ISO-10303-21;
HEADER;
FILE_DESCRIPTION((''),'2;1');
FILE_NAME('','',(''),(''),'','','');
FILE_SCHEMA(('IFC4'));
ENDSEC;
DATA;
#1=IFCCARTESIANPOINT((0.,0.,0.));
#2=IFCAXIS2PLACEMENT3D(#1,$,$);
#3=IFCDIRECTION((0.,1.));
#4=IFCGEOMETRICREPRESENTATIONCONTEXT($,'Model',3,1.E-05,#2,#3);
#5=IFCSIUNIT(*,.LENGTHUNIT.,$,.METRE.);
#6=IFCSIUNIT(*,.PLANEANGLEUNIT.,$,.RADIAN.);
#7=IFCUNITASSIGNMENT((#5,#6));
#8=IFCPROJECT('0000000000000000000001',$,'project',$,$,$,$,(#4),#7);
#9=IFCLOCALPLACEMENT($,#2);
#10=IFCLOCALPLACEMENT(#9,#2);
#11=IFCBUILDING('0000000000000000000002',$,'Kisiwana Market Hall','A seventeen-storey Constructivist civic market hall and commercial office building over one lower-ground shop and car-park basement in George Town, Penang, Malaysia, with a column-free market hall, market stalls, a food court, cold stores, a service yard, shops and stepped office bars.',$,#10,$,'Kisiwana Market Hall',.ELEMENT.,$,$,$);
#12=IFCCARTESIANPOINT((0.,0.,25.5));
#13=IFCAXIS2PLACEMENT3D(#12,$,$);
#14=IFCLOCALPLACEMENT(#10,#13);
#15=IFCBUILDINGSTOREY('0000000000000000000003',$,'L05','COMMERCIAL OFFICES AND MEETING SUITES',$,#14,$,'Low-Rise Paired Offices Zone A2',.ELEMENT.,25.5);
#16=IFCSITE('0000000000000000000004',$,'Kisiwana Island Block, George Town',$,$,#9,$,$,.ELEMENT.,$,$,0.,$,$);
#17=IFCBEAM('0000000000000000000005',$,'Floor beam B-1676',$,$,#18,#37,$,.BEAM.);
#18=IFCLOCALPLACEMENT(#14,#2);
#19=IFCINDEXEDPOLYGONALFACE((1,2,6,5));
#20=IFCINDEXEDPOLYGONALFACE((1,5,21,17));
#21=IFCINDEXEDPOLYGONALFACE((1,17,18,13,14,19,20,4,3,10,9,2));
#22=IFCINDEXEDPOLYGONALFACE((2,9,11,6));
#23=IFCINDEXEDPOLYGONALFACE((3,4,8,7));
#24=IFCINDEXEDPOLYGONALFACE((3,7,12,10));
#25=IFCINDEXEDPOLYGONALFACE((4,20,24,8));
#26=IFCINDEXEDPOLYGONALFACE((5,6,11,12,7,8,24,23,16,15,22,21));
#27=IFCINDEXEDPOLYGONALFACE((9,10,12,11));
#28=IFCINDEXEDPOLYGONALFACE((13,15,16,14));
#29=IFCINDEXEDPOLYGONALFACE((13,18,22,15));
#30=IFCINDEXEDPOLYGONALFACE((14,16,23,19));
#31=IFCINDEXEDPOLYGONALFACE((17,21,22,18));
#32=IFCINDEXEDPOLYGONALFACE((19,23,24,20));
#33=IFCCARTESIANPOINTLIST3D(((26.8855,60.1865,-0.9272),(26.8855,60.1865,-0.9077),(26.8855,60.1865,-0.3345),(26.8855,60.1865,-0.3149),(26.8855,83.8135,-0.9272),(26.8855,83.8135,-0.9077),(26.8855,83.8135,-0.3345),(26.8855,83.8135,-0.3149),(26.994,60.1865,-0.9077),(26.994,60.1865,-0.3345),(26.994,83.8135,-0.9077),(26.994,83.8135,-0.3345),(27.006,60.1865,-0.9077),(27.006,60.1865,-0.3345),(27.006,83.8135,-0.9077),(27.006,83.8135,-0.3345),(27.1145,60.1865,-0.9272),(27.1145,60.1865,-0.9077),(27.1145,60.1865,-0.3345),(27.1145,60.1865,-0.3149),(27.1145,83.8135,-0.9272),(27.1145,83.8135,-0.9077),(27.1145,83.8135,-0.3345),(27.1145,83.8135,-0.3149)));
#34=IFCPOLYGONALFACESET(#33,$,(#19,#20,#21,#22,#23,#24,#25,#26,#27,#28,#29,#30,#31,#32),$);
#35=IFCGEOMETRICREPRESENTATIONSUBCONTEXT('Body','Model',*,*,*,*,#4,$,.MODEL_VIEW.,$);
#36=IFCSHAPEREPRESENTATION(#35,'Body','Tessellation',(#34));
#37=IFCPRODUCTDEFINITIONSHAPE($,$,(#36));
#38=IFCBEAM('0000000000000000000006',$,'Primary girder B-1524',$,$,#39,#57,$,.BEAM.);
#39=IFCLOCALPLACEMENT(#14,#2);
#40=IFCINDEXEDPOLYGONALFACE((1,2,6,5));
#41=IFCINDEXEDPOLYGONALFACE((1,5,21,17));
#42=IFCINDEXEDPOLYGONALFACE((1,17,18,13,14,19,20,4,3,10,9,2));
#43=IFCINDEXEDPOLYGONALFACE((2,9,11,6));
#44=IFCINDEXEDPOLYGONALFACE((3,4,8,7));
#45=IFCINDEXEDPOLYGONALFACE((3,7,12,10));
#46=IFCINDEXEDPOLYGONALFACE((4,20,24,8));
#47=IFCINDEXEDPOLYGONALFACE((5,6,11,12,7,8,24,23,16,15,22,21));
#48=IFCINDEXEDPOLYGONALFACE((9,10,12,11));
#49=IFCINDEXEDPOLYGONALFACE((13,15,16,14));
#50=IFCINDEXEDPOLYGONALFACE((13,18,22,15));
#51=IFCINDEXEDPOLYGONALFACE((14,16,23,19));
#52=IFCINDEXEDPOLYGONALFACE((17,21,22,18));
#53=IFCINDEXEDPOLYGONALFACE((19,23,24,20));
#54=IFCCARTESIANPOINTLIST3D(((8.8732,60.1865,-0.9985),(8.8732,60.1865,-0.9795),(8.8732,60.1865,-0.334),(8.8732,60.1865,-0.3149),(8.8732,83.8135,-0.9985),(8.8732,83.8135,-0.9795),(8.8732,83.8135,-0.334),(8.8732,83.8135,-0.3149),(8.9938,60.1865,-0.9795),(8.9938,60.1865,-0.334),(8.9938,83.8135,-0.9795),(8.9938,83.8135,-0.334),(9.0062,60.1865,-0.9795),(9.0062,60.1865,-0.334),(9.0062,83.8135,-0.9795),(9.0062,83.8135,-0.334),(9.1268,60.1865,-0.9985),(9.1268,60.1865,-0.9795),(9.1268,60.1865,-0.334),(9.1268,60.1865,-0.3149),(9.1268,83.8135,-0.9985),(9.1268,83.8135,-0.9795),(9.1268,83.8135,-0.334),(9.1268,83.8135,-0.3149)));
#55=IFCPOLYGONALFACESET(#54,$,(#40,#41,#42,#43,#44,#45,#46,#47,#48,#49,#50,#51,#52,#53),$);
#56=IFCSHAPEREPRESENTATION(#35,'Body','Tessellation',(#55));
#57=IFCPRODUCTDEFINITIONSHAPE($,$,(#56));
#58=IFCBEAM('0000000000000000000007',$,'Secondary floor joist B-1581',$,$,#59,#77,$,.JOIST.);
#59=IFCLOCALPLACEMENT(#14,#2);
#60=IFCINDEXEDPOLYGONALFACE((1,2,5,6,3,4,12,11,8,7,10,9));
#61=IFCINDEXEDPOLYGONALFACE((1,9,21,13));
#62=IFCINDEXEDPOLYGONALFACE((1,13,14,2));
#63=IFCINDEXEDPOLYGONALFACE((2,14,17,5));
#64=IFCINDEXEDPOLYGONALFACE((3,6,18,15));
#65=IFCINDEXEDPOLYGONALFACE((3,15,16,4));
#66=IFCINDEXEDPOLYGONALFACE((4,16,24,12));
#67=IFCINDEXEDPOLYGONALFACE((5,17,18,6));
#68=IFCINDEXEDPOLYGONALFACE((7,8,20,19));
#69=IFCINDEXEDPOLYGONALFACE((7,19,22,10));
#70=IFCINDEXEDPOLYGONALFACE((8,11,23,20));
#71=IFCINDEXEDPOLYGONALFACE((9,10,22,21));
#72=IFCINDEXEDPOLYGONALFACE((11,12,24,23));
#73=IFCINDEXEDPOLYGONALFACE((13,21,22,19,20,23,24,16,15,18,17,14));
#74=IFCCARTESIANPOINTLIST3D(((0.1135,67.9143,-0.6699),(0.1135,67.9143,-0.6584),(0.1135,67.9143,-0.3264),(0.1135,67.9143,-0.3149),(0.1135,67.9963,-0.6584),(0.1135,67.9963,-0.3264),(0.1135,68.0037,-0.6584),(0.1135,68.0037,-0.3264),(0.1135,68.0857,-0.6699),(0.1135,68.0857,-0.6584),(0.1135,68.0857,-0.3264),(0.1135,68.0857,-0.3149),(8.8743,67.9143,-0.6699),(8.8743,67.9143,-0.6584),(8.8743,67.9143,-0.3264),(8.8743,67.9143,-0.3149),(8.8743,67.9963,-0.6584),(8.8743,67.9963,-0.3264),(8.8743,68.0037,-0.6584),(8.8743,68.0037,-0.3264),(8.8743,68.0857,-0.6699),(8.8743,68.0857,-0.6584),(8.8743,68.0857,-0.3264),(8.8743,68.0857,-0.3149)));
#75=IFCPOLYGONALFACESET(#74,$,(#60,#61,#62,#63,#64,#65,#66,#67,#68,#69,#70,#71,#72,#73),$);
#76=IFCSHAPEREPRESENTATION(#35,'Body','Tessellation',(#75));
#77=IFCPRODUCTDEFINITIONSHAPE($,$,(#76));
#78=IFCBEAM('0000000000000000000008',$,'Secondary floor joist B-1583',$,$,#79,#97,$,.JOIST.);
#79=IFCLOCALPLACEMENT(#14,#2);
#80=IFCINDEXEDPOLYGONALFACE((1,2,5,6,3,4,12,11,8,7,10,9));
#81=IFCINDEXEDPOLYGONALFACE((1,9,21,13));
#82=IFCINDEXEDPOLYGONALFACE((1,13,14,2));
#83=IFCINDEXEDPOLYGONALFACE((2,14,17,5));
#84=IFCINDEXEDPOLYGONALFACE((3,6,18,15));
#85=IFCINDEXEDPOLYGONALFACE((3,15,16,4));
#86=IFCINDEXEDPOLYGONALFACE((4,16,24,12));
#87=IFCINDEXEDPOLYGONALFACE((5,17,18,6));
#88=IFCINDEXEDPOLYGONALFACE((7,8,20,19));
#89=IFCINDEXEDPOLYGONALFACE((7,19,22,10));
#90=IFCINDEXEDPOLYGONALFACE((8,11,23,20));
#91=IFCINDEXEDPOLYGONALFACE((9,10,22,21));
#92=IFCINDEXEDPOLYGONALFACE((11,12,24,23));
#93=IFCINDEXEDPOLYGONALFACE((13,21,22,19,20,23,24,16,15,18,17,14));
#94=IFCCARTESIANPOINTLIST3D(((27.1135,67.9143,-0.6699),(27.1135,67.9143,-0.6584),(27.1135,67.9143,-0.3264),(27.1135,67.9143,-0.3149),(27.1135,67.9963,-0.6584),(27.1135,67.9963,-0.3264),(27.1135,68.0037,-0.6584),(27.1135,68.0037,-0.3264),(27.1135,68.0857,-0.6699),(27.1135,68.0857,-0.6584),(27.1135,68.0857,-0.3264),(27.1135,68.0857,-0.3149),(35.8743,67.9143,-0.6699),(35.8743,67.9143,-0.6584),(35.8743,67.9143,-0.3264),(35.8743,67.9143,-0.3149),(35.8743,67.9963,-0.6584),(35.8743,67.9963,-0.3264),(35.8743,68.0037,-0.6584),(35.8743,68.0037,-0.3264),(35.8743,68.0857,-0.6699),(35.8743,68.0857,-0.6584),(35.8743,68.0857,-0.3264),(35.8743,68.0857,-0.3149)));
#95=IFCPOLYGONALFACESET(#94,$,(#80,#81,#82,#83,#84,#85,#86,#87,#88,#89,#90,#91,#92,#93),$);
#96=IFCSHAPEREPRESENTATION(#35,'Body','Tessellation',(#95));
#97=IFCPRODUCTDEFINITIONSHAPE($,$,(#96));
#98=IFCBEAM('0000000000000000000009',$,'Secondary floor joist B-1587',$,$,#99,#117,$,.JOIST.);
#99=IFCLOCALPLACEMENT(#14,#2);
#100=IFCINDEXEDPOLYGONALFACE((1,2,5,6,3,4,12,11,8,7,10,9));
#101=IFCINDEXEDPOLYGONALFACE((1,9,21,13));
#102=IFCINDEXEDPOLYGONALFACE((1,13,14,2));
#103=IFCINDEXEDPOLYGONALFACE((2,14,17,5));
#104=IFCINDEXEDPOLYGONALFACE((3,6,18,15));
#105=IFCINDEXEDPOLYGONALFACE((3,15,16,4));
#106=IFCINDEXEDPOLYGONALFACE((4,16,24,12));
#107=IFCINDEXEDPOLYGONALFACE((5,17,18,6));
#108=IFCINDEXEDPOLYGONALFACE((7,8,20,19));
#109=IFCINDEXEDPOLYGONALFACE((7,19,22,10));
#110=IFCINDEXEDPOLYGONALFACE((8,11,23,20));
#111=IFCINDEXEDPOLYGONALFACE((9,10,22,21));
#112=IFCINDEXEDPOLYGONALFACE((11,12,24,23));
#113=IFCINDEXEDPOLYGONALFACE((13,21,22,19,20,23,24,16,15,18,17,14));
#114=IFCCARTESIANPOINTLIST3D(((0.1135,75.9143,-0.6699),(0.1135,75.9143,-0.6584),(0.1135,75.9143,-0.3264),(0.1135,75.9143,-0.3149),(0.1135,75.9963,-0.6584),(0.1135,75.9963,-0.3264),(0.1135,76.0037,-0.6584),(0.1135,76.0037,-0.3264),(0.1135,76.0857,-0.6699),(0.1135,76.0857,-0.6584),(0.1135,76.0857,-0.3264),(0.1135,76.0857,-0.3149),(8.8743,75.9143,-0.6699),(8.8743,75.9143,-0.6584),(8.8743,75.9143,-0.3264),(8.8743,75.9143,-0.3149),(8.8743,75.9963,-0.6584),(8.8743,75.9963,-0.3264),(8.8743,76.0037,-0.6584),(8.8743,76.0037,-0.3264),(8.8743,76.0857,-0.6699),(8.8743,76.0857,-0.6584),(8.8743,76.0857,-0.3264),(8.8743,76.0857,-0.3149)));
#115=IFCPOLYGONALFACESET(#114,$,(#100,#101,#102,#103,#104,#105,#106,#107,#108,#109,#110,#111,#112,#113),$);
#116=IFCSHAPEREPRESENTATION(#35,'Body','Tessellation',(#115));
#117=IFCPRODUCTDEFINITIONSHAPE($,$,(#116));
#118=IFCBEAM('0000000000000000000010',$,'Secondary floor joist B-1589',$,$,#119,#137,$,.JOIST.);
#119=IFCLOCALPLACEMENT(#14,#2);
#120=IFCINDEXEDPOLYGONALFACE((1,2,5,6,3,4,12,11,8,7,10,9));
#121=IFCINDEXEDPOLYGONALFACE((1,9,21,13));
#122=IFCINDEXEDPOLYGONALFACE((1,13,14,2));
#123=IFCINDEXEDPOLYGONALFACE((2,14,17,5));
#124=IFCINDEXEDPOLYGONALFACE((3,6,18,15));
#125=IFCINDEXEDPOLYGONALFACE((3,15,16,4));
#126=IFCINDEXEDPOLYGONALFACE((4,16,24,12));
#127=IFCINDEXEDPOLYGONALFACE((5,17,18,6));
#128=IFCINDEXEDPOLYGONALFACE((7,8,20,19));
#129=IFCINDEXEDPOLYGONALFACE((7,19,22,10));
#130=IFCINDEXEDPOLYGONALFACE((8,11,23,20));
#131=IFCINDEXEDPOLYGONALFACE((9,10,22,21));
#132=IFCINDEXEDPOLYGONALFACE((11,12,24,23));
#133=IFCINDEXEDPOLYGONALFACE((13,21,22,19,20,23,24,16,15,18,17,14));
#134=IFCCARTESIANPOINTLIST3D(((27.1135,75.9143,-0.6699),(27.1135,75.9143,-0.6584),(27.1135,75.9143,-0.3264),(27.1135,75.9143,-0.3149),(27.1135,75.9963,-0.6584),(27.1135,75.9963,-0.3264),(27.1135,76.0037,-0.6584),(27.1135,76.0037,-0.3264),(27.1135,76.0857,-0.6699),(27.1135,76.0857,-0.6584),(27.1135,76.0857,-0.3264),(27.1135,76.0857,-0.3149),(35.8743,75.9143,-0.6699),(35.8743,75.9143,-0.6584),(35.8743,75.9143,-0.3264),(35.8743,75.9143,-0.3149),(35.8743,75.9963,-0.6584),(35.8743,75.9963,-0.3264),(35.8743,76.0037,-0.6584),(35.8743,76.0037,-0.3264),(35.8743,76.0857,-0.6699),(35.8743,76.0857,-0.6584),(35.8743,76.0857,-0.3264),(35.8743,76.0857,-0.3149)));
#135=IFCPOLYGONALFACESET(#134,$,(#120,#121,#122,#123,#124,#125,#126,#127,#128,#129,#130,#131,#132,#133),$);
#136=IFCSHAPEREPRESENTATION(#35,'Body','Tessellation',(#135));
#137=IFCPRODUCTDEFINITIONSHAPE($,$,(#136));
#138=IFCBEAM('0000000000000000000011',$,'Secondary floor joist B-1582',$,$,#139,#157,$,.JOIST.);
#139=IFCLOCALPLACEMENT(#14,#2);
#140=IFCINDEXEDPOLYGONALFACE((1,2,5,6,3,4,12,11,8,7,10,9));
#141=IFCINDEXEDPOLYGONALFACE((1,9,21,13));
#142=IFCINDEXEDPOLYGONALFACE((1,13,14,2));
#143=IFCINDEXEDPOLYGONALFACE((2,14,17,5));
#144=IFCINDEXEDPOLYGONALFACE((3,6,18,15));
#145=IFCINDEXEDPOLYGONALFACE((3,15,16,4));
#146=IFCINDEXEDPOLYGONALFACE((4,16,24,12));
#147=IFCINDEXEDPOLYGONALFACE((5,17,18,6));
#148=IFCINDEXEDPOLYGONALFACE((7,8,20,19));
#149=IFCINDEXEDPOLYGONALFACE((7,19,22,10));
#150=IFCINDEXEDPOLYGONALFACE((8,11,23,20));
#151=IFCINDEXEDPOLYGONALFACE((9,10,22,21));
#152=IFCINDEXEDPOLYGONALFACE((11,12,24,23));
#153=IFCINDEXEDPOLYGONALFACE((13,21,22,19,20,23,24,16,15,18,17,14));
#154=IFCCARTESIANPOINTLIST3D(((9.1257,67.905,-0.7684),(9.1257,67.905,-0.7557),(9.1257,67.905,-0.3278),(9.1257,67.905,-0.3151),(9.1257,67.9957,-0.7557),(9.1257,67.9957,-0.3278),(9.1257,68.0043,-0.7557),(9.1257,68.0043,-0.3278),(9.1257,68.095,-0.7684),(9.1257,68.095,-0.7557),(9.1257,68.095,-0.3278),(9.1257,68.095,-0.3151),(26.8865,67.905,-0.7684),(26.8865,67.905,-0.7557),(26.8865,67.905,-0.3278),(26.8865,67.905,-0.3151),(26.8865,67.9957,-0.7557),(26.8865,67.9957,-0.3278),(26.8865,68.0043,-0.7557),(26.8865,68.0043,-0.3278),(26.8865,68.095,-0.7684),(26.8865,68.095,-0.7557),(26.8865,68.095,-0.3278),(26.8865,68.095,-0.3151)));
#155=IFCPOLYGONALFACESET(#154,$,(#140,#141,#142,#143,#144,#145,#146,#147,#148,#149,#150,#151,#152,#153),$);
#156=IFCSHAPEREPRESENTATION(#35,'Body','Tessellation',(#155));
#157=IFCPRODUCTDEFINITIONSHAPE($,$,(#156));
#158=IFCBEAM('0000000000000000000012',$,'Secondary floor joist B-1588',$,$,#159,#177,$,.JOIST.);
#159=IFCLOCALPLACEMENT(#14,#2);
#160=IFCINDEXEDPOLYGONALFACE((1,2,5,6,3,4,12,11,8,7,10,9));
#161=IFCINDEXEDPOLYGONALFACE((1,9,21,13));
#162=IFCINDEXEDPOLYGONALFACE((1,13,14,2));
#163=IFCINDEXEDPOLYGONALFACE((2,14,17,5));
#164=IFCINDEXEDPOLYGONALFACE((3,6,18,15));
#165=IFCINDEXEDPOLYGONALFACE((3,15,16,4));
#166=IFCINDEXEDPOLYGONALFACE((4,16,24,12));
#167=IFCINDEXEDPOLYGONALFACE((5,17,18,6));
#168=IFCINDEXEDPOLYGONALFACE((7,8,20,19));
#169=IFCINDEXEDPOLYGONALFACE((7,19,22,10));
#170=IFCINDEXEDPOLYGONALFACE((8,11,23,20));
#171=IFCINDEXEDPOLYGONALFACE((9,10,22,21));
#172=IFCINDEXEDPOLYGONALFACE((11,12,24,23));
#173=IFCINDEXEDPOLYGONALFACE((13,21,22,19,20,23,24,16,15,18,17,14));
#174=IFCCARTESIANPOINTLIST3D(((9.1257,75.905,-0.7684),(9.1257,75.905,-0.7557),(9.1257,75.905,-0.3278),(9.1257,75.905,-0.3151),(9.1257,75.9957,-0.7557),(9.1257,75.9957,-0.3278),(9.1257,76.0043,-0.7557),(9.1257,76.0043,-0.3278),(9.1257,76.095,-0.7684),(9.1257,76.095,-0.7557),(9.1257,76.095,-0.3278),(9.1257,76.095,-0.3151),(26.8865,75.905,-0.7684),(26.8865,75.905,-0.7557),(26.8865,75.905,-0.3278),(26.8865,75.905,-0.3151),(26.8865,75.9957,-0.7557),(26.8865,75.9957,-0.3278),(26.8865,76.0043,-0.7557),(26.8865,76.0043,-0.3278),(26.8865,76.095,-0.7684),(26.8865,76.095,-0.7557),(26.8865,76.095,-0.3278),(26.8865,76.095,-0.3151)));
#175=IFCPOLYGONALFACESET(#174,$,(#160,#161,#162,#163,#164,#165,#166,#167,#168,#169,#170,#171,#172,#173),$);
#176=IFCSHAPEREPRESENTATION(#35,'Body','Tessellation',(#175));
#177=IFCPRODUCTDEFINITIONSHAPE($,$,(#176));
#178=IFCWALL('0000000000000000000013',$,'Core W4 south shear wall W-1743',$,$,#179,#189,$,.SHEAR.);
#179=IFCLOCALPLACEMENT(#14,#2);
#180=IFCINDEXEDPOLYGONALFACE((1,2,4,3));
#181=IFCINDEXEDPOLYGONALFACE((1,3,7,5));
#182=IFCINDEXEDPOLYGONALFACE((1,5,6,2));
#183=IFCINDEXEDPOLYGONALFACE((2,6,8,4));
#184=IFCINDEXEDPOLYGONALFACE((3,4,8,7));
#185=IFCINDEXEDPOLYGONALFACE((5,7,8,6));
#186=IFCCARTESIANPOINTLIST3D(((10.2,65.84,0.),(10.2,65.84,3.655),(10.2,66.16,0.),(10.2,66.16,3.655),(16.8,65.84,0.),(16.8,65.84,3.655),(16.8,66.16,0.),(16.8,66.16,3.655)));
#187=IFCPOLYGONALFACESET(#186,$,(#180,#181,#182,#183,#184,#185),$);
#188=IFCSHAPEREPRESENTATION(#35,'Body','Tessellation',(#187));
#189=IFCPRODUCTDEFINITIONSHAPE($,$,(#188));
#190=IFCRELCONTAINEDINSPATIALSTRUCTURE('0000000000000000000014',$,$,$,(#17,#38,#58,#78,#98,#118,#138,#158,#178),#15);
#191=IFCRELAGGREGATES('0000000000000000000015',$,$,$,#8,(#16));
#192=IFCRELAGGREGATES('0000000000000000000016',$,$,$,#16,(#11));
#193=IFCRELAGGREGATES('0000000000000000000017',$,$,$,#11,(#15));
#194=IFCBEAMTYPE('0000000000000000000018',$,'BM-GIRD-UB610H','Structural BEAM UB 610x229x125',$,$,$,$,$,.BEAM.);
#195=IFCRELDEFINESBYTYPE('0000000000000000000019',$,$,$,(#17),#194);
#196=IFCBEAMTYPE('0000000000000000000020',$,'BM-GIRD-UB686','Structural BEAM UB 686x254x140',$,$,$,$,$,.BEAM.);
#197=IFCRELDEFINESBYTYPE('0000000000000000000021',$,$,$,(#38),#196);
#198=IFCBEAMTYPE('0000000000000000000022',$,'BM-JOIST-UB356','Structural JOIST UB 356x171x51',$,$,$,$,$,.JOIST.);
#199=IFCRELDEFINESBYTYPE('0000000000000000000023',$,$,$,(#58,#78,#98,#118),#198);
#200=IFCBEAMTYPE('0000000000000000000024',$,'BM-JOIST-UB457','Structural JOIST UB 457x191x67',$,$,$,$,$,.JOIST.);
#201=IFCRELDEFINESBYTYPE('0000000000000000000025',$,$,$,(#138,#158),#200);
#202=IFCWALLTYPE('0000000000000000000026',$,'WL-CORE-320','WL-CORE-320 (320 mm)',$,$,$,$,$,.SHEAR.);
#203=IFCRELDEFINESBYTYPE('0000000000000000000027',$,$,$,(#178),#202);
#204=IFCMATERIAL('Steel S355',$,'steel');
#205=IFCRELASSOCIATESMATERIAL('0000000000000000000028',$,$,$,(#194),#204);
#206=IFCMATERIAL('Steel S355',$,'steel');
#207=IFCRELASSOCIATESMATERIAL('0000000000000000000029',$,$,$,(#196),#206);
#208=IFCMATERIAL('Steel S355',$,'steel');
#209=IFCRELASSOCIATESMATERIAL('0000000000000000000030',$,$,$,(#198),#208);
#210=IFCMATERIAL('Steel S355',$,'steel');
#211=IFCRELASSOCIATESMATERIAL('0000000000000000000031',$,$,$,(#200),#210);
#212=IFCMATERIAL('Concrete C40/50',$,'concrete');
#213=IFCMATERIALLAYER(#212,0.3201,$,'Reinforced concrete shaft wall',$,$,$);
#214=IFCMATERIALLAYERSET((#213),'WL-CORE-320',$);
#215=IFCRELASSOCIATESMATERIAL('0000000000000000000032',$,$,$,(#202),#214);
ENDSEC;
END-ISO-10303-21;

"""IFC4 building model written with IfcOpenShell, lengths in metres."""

from ifc_helpers import new_model, si_unit, direction, frame, frame_2d, origin, origin_2d, place, context, subcontext, project, spatial, rectangle, i_section, extrude, material, layer, layer_set, material_profile, profile_set, type_object, element, save


model = new_model("IFC4")

# Units and contexts
model_context = context("Model", 3, precision=1e-05, world=origin(), true_north=direction((0.0, 1.0)))
body_context = subcontext(model_context, "Body", "Model", "MODEL_VIEW")
ifc_project = project(units=[si_unit("LENGTHUNIT", "METRE"), si_unit("PLANEANGLEUNIT", "RADIAN")], contexts=[model_context])

# Site, building, storey
site_placement = place(None, origin())
site = spatial("IfcSite", under=ifc_project, at=site_placement, Name="Kisiwana Island Block, George Town", CompositionType="ELEMENT", RefElevation=0.0)
building_placement = place(site_placement, origin())
building = spatial("IfcBuilding", under=site, at=building_placement, Name="Kisiwana Market Hall", Description="A seventeen-storey Constructivist civic market hall and commercial office building over one lower-ground shop and car-park basement in George Town, Penang, Malaysia, with a column-free market hall, market stalls, a food court, cold stores, a service yard, shops and stepped office bars.", LongName="Kisiwana Market Hall", CompositionType="ELEMENT")
storey_placement = place(building_placement, frame((0.0, 0.0, 25.5)))
storey = spatial("IfcBuildingStorey", under=building, at=storey_placement, Name="L05", Description="COMMERCIAL OFFICES AND MEETING SUITES", LongName="Low-Rise Paired Offices Zone A2", CompositionType="ELEMENT", Elevation=25.5)

# Beams
ifc_material_1 = material(Name="Steel S355", Category="steel")
ifc_material_profile_1 = material_profile(ifc_material_1, i_section(OverallWidth=0.229, OverallDepth=0.6123, WebThickness=0.012, FlangeThickness=0.0195, at=origin_2d()), Name="UB 610x229x125")
ifc_profile_set_1 = profile_set([ifc_material_profile_1], Name="Steel S355")
beam_type_1 = type_object("IfcBeamType", Name="BM-GIRD-UB610H", Description="Structural BEAM UB 610x229x125", PredefinedType="BEAM", material=ifc_profile_set_1)
beam_1_placement = place(storey_placement, frame((27.0, 60.1865, -0.6211), z_axis=(0.0, 1.0, 0.0), x_axis=(-1.0, 0.0, 0.0)))
element("IfcBeam", 1, at=beam_1_placement, inside=storey, type_object=beam_type_1, Name="Floor beam B-1676", PredefinedType="BEAM", context=body_context, shape_type="SweptSolid", body=[
    extrude(i_section(OverallWidth=0.229, OverallDepth=0.6123, WebThickness=0.012, FlangeThickness=0.0195, at=origin_2d()), origin(), (0.0, 0.0, 1.0), 23.627),
])
ifc_material_2 = material(Name="Steel S355", Category="steel")
ifc_material_profile_2 = material_profile(ifc_material_2, i_section(OverallWidth=0.2537, OverallDepth=0.6836, WebThickness=0.0125, FlangeThickness=0.019, at=origin_2d()), Name="UB 686x254x140")
ifc_profile_set_2 = profile_set([ifc_material_profile_2], Name="Steel S355")
beam_type_2 = type_object("IfcBeamType", Name="BM-GIRD-UB686", Description="Structural BEAM UB 686x254x140", PredefinedType="BEAM", material=ifc_profile_set_2)
beam_2_placement = place(storey_placement, frame((9.0, 60.1865, -0.6567), z_axis=(0.0, 1.0, 0.0), x_axis=(-1.0, 0.0, 0.0)))
element("IfcBeam", 2, at=beam_2_placement, inside=storey, type_object=beam_type_2, Name="Primary girder B-1524", PredefinedType="BEAM", context=body_context, shape_type="SweptSolid", body=[
    extrude(i_section(OverallWidth=0.2537, OverallDepth=0.6836, WebThickness=0.0125, FlangeThickness=0.019, at=origin_2d()), origin(), (0.0, 0.0, 1.0), 23.627),
])
ifc_material_3 = material(Name="Steel S355", Category="steel")
ifc_material_profile_3 = material_profile(ifc_material_3, i_section(OverallWidth=0.1714, OverallDepth=0.355, WebThickness=0.0073, FlangeThickness=0.0115, at=origin_2d()), Name="UB 356x171x51")
ifc_profile_set_3 = profile_set([ifc_material_profile_3], Name="Steel S355")
beam_type_3 = type_object("IfcBeamType", Name="BM-JOIST-UB356", Description="Structural JOIST UB 356x171x51", PredefinedType="JOIST", material=ifc_profile_set_3)
for number, where, z_axis, x_axis, name in (
    (3, (0.1135, 68.0, -0.4924), (1.0, 0.0, 0.0), (0.0, 1.0, 0.0), "Secondary floor joist B-1581"),
    (4, (27.1135, 68.0, -0.4924), (1.0, 0.0, 0.0), (0.0, 1.0, 0.0), "Secondary floor joist B-1583"),
    (5, (0.1135, 76.0, -0.4924), (1.0, 0.0, 0.0), (0.0, 1.0, 0.0), "Secondary floor joist B-1587"),
    (6, (27.1135, 76.0, -0.4924), (1.0, 0.0, 0.0), (0.0, 1.0, 0.0), "Secondary floor joist B-1589"),
):
    element("IfcBeam", number, at=place(storey_placement, frame(where, z_axis=z_axis, x_axis=x_axis)), inside=storey, type_object=beam_type_3, Name=name, PredefinedType="JOIST", context=body_context, shape_type="SweptSolid", body=[
        extrude(i_section(OverallWidth=0.1714, OverallDepth=0.355, WebThickness=0.0073, FlangeThickness=0.0115, at=origin_2d()), origin(), (0.0, 0.0, 1.0), 8.7607),
    ])
ifc_material_4 = material(Name="Steel S355", Category="steel")
ifc_material_profile_4 = material_profile(ifc_material_4, i_section(OverallWidth=0.1899, OverallDepth=0.4534, WebThickness=0.0085, FlangeThickness=0.0127, at=origin_2d()), Name="UB 457x191x67")
ifc_profile_set_4 = profile_set([ifc_material_profile_4], Name="Steel S355")
beam_type_4 = type_object("IfcBeamType", Name="BM-JOIST-UB457", Description="Structural JOIST UB 457x191x67", PredefinedType="JOIST", material=ifc_profile_set_4)
for number, where, z_axis, x_axis, name in (
    (7, (9.1257, 68.0, -0.5417), (1.0, 0.0, 0.0), (0.0, 1.0, 0.0), "Secondary floor joist B-1582"),
    (8, (9.1257, 76.0, -0.5417), (1.0, 0.0, 0.0), (0.0, 1.0, 0.0), "Secondary floor joist B-1588"),
):
    element("IfcBeam", number, at=place(storey_placement, frame(where, z_axis=z_axis, x_axis=x_axis)), inside=storey, type_object=beam_type_4, Name=name, PredefinedType="JOIST", context=body_context, shape_type="SweptSolid", body=[
        extrude(i_section(OverallWidth=0.1899, OverallDepth=0.4534, WebThickness=0.0085, FlangeThickness=0.0127, at=origin_2d()), origin(), (0.0, 0.0, 1.0), 17.7607),
    ])

# Wall
ifc_material_5 = material(Name="Concrete C40/50", Category="concrete")
ifc_layer_1 = layer(ifc_material_5, 0.3201, Name="Reinforced concrete shaft wall")
ifc_layer_set_1 = layer_set([ifc_layer_1], Name="WL-CORE-320")
wall_type_1 = type_object("IfcWallType", Name="WL-CORE-320", Description="WL-CORE-320 (320 mm)", PredefinedType="SHEAR", material=ifc_layer_set_1)
wall_1_placement = place(storey_placement, frame((10.2, 66.0, 0.0), z_axis=(0.0, 0.0, 1.0), x_axis=(1.0, 0.0, 0.0)))
element("IfcWall", 9, at=wall_1_placement, inside=storey, type_object=wall_type_1, Name="Core W4 south shear wall W-1743", PredefinedType="SHEAR", context=body_context, shape_type="SweptSolid", body=[
    extrude(rectangle(XDim=6.6001, YDim=0.3201, at=frame_2d((3.3, 0.0))), origin(), (0.0, 0.0, 1.0), 3.655),
])

save(model, "model.ifc")
